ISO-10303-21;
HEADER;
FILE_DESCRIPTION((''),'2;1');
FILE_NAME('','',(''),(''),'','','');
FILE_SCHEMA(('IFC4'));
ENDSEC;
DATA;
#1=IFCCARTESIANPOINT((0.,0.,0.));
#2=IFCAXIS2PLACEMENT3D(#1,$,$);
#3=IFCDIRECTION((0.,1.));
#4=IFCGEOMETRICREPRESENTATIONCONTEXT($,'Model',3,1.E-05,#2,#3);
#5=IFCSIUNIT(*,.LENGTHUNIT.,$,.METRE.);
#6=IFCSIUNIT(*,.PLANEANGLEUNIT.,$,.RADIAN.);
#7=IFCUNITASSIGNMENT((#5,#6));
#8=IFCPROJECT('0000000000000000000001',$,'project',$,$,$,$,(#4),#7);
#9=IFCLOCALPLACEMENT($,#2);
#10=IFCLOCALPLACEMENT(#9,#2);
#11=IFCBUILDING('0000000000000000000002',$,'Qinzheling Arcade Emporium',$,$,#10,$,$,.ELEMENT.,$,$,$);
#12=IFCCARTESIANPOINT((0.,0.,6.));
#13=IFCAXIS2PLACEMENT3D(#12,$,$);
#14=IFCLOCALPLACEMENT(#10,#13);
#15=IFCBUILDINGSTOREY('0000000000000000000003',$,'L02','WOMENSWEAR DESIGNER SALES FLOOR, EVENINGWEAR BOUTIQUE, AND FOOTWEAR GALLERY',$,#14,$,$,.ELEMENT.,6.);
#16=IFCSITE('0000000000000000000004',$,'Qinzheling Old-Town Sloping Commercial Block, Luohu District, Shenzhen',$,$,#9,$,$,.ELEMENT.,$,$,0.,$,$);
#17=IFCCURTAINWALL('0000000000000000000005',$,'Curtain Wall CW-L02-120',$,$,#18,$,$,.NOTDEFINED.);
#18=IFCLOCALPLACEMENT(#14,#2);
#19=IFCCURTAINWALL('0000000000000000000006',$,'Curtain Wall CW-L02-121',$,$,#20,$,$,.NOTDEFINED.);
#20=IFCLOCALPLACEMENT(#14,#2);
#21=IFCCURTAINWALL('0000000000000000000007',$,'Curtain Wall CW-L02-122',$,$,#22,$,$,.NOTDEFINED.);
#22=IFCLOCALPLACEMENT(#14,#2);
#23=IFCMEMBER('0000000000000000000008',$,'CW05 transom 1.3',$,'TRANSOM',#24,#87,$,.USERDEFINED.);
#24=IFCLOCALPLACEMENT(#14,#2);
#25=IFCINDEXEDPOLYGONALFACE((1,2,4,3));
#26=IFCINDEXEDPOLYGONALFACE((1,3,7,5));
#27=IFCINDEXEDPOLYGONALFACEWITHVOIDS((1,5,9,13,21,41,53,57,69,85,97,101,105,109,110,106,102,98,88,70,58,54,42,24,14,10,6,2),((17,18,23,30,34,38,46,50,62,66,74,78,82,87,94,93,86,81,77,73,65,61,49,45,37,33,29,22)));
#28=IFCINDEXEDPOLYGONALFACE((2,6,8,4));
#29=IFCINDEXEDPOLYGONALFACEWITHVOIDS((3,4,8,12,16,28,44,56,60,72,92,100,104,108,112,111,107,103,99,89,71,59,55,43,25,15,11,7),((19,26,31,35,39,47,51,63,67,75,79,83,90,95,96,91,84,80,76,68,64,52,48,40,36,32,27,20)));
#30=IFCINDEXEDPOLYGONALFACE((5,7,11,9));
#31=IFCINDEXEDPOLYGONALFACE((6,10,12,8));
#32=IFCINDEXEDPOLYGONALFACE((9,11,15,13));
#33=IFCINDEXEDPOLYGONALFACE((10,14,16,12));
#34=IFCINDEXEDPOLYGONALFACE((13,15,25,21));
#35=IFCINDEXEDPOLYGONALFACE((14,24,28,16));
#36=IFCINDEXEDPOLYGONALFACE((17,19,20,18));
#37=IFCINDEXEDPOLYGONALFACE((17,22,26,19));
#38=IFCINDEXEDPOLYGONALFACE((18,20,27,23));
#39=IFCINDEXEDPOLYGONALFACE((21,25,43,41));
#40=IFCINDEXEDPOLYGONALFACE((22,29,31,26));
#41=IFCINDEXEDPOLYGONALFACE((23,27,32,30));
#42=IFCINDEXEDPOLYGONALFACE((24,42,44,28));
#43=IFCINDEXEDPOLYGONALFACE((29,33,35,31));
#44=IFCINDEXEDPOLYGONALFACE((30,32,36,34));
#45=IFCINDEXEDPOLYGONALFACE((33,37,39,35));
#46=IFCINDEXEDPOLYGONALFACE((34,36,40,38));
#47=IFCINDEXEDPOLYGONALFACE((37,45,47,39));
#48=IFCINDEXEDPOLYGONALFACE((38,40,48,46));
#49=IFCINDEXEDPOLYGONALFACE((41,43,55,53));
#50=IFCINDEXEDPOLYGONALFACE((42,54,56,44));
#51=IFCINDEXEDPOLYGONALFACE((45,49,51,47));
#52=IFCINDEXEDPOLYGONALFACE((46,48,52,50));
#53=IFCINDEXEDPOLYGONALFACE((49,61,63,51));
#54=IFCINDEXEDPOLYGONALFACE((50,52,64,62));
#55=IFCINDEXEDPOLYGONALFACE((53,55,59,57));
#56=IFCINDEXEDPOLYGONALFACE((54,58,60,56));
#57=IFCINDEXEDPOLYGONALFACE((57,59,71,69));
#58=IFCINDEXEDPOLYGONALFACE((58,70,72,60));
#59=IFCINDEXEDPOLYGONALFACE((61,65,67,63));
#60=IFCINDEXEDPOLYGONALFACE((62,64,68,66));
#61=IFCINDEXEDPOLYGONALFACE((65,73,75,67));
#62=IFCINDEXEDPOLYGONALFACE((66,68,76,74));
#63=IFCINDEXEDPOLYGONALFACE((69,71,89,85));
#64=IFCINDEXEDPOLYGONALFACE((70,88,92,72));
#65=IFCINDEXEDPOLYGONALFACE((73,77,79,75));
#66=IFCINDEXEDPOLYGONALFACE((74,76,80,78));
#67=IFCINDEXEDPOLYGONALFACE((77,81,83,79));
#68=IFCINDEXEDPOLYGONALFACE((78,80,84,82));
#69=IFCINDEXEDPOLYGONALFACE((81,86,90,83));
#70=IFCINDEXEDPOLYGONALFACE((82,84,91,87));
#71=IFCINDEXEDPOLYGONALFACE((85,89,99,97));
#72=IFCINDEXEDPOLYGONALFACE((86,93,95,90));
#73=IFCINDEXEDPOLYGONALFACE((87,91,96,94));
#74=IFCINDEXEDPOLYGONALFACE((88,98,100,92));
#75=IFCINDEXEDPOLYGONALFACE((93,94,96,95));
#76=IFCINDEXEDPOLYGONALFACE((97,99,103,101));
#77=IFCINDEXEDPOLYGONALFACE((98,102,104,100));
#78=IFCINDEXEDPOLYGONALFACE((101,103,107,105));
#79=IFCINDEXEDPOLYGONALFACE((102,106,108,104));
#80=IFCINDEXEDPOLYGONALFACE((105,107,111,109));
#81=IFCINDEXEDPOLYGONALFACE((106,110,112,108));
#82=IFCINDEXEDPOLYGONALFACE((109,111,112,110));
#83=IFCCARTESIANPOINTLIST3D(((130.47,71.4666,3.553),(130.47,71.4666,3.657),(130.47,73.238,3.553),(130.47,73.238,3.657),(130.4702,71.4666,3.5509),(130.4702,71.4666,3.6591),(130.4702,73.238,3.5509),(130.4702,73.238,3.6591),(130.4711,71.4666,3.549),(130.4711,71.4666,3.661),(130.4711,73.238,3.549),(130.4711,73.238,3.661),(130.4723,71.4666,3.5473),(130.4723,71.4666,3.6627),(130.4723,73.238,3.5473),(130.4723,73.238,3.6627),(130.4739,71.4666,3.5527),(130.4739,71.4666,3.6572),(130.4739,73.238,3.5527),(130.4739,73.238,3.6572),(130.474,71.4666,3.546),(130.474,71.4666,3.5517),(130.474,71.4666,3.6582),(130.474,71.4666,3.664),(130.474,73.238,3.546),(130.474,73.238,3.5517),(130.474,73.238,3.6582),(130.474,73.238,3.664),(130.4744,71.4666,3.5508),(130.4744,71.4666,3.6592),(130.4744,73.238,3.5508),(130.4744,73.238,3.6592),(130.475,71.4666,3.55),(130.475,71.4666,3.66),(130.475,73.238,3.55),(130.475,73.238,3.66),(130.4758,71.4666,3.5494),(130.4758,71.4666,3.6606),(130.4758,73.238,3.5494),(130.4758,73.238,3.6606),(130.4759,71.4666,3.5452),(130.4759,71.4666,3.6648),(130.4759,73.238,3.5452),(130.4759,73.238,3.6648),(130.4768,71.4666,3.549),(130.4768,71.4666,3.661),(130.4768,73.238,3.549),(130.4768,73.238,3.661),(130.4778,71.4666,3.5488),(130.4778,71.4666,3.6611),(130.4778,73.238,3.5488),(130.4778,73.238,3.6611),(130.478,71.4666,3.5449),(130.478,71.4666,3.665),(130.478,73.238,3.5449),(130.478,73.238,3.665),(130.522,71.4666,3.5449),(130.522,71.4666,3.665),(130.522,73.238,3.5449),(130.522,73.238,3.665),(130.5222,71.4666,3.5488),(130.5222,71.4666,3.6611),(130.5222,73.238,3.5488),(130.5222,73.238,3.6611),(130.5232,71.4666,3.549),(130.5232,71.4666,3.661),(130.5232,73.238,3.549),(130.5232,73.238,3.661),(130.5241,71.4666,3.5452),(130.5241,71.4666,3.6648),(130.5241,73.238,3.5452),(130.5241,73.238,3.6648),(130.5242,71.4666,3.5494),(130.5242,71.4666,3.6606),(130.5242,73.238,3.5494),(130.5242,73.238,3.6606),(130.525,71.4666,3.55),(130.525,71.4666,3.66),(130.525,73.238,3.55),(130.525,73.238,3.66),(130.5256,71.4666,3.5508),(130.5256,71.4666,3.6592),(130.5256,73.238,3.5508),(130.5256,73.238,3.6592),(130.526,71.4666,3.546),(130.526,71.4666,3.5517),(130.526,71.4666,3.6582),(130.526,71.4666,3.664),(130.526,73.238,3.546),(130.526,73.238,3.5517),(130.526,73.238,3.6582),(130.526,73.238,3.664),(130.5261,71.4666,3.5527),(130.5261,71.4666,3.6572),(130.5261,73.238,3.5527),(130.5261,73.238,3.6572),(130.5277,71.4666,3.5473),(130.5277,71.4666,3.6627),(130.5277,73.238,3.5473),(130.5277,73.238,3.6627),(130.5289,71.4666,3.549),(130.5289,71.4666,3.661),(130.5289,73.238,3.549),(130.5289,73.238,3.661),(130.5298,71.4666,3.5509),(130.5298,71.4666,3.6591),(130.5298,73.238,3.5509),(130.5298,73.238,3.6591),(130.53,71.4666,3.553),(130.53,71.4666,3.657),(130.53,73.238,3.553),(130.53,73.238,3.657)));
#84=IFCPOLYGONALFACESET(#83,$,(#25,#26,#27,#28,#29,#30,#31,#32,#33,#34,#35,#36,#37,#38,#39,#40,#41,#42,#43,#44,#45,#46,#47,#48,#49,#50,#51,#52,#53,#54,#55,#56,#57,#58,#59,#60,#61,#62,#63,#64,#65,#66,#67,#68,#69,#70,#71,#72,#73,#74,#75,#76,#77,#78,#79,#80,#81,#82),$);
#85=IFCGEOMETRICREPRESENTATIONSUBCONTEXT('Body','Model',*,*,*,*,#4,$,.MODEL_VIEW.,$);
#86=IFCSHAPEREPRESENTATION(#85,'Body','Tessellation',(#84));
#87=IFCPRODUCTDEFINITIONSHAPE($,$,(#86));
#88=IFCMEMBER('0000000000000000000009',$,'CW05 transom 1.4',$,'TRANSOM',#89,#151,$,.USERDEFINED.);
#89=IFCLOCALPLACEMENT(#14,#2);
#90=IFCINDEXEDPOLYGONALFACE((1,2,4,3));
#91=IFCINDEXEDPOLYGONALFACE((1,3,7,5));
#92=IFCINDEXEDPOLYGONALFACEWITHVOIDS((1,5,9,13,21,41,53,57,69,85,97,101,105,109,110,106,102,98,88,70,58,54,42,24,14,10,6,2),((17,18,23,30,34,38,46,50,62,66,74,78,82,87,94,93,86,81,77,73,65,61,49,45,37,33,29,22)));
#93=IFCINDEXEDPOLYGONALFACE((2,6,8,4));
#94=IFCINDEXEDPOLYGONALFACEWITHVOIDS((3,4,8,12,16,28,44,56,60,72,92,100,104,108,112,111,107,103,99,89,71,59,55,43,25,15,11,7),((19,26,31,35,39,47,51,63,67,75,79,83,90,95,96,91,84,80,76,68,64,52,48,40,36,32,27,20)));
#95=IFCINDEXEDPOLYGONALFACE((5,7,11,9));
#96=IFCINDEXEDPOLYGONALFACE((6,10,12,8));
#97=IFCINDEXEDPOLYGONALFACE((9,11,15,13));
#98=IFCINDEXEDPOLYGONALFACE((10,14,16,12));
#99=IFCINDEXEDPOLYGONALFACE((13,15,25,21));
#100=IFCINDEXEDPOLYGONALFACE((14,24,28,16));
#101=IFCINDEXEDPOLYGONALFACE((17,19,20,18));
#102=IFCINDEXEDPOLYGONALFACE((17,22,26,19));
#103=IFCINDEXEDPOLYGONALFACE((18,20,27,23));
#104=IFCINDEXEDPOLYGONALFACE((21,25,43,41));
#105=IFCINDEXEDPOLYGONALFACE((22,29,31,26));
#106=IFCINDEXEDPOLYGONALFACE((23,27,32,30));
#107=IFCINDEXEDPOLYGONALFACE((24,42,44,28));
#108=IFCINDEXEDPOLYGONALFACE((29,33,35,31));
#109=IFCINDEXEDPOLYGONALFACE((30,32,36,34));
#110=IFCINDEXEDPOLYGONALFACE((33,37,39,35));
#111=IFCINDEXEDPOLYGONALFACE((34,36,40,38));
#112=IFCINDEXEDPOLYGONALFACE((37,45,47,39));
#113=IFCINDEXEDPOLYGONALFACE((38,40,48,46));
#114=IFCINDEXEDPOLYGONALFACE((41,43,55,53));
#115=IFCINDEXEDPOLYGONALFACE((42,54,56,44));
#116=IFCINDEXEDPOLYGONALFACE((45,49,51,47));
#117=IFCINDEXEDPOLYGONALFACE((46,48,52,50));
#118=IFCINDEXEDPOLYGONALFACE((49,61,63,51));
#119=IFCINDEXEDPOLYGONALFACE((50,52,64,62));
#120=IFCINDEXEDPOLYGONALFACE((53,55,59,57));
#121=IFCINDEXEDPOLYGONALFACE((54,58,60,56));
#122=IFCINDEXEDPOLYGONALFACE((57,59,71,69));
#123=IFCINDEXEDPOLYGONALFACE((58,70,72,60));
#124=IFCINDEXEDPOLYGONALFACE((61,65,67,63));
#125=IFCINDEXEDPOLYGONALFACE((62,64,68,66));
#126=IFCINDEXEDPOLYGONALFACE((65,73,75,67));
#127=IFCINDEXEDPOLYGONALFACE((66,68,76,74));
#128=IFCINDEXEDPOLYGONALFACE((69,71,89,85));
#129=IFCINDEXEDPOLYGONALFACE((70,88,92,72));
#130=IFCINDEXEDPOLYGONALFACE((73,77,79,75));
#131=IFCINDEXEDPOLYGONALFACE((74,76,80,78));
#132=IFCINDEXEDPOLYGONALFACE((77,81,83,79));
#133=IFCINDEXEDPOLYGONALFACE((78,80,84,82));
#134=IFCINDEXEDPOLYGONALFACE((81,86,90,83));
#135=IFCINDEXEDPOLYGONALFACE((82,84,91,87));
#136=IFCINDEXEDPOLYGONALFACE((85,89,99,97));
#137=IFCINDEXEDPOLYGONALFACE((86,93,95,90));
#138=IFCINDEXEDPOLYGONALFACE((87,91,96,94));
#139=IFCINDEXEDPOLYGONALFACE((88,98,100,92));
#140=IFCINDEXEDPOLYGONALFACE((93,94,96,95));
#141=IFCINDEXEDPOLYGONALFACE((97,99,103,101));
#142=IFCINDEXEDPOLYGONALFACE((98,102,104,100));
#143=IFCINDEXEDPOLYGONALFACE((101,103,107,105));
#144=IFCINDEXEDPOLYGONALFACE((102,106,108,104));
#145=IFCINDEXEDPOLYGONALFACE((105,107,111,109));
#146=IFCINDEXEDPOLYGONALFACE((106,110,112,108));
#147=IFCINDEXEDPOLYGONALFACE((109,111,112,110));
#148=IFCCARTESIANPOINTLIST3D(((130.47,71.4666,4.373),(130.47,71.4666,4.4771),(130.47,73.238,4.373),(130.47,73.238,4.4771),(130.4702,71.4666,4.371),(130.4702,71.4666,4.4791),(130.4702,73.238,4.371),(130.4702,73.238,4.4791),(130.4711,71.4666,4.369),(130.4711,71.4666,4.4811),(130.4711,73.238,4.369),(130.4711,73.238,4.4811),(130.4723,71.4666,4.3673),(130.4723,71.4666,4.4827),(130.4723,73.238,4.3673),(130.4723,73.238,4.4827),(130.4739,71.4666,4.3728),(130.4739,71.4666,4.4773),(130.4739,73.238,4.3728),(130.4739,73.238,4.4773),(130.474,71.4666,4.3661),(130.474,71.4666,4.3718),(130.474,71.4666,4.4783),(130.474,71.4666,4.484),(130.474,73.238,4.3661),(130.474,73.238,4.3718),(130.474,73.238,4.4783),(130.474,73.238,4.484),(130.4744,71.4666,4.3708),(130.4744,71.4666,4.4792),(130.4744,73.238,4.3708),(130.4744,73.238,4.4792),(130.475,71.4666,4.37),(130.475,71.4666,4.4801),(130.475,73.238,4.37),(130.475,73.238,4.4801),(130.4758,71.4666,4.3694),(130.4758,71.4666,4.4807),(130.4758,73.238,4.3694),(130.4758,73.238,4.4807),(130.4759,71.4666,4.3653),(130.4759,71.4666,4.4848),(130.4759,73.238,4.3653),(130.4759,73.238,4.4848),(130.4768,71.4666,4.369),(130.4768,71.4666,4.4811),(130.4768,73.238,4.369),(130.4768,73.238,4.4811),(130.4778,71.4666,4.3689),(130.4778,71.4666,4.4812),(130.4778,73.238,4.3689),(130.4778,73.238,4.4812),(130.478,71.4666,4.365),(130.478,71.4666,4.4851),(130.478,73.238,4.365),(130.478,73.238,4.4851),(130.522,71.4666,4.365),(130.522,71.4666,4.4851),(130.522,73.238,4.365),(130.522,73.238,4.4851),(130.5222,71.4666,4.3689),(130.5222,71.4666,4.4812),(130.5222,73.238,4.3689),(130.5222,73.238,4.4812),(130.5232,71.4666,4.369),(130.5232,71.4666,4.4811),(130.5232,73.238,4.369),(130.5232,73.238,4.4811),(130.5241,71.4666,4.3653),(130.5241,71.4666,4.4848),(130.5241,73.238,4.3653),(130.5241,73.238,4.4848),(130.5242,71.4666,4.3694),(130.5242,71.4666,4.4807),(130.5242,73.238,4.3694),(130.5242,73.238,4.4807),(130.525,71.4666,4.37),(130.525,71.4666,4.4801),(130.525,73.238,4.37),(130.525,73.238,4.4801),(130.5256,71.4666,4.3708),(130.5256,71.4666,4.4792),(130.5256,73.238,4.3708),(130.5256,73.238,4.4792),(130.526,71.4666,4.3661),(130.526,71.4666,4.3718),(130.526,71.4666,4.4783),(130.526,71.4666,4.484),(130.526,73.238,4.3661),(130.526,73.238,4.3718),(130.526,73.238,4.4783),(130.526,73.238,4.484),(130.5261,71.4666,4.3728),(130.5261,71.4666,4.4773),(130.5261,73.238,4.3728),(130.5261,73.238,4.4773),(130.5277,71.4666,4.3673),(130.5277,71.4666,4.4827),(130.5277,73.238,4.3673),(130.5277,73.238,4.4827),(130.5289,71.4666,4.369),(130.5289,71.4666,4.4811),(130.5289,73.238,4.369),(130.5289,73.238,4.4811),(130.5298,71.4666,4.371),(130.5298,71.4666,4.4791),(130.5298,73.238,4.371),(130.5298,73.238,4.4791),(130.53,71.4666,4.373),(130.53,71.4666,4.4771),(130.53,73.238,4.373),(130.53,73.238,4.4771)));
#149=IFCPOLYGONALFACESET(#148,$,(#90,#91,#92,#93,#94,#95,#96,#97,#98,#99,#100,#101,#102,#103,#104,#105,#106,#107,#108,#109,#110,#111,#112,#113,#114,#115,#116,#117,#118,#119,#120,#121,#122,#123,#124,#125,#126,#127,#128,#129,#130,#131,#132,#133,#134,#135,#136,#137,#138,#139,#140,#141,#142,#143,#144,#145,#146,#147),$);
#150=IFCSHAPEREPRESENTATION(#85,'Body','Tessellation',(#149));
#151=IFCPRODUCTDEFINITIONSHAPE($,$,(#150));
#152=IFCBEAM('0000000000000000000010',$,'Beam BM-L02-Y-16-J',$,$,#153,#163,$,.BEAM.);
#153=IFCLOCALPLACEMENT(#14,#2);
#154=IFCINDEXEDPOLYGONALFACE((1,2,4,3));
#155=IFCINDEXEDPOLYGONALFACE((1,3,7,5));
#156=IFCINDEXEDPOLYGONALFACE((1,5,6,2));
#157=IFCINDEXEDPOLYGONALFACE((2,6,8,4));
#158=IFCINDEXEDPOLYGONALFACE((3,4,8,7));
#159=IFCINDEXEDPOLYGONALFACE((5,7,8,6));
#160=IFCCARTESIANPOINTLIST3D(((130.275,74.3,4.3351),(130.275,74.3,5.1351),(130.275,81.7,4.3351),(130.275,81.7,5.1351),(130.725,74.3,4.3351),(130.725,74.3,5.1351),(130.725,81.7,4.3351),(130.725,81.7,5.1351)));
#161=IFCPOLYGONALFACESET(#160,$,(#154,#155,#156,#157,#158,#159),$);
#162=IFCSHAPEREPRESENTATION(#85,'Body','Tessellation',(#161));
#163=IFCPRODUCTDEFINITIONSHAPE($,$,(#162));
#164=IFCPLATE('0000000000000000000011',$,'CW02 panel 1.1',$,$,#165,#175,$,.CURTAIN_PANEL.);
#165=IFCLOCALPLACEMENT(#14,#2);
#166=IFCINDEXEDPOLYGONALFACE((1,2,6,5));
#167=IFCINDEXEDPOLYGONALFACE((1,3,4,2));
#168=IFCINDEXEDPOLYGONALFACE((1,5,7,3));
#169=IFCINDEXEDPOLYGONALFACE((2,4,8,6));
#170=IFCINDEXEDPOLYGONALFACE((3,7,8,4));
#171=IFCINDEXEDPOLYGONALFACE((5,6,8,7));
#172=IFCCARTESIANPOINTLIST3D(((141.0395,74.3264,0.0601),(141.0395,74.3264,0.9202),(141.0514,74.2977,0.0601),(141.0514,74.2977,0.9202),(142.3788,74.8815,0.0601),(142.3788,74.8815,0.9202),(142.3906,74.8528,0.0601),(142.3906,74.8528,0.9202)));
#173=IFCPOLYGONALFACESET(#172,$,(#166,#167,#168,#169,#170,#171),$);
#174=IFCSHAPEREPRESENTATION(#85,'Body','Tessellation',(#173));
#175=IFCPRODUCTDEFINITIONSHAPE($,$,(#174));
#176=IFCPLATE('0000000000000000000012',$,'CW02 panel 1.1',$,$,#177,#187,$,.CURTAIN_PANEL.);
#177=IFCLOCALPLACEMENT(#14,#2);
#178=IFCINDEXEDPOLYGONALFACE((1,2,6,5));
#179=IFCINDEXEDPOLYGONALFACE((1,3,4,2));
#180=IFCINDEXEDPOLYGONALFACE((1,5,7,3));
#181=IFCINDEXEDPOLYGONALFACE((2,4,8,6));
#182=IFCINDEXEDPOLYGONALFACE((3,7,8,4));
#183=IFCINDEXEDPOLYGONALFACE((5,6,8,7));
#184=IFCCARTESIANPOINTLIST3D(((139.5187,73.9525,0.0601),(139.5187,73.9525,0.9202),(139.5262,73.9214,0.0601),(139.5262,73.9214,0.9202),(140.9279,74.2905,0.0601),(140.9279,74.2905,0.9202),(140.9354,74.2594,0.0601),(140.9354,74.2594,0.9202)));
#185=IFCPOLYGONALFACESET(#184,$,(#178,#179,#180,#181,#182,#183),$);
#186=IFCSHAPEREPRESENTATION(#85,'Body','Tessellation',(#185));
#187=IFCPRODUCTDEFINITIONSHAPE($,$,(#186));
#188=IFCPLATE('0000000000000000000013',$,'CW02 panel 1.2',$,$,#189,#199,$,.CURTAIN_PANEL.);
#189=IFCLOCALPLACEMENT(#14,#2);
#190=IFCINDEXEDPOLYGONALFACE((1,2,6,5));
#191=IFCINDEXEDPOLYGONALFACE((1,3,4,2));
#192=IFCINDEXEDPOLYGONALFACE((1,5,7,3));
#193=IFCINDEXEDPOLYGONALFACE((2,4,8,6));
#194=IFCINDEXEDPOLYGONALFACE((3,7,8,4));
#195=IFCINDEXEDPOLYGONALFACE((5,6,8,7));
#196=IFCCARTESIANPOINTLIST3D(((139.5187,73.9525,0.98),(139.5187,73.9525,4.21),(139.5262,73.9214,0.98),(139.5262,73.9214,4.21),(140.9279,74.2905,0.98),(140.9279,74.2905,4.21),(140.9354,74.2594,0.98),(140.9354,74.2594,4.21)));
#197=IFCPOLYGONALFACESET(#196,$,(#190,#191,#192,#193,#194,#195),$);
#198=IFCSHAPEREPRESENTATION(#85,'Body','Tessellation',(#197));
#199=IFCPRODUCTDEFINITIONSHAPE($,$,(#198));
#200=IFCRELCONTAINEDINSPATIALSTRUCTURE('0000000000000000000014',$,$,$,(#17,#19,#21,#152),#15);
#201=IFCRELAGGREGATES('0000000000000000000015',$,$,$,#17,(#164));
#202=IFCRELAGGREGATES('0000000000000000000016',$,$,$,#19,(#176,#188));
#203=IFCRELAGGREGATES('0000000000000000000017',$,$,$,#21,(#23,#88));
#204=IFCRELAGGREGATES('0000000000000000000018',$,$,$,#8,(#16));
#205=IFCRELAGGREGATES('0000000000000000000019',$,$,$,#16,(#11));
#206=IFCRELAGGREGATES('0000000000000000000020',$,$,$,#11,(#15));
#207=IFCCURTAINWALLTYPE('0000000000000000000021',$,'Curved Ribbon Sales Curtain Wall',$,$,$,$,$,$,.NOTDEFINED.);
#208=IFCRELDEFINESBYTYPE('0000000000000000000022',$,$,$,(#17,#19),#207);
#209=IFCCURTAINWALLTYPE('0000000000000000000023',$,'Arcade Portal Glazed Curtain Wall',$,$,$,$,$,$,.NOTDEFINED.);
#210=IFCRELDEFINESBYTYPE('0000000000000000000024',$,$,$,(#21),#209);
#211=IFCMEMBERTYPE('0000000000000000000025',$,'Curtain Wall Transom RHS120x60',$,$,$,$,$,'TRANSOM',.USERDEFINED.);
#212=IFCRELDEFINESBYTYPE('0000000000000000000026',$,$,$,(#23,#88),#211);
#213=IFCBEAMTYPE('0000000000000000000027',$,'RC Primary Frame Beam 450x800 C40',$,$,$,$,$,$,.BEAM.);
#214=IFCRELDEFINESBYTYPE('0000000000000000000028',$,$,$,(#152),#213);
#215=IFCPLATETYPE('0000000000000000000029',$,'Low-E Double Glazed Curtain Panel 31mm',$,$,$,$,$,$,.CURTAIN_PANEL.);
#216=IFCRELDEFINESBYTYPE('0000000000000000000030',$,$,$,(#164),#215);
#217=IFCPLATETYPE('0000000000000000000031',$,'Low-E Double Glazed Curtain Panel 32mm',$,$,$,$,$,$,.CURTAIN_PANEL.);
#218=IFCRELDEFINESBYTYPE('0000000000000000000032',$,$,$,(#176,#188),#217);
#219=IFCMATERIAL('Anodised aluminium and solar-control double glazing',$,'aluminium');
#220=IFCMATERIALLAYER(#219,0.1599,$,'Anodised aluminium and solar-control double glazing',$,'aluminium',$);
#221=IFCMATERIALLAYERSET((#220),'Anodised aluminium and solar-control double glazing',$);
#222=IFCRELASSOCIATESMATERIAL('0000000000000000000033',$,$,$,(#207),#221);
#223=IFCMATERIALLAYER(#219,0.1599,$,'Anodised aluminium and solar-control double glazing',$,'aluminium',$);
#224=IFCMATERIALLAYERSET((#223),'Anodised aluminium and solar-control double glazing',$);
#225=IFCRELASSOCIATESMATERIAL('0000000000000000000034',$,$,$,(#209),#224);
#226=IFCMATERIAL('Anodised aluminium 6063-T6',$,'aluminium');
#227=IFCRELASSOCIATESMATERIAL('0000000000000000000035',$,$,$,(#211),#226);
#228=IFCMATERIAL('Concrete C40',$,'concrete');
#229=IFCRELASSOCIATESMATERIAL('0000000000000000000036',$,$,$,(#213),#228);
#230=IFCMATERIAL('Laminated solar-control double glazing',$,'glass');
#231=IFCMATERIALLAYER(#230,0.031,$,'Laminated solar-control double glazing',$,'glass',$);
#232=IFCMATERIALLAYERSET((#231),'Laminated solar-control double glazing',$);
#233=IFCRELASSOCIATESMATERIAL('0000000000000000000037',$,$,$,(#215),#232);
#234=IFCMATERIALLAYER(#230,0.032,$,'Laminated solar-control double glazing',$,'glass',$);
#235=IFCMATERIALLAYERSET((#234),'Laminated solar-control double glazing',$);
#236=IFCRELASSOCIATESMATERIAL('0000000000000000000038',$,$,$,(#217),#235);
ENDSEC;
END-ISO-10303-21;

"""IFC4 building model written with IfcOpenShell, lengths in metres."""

from ifc_helpers import new_model, si_unit, direction, frame, origin, origin_2d, place, context, subcontext, project, spatial, rectangle, hollow_rectangle, extrude, material, layer, layer_set, material_profile, profile_set, type_object, element, aggregate, save


model = new_model("IFC4")

# Units and contexts
model_context = context("Model", 3, precision=1e-05, world=origin(), true_north=direction((0.0, 1.0)))
body_context = subcontext(model_context, "Body", "Model", "MODEL_VIEW")
ifc_project = project(units=[si_unit("LENGTHUNIT", "METRE"), si_unit("PLANEANGLEUNIT", "RADIAN")], contexts=[model_context])

# Site, building, storey
site_placement = place(None, origin())
site = spatial("IfcSite", under=ifc_project, at=site_placement, Name="Qinzheling Old-Town Sloping Commercial Block, Luohu District, Shenzhen", CompositionType="ELEMENT", RefElevation=0.0)
building_placement = place(site_placement, origin())
building = spatial("IfcBuilding", under=site, at=building_placement, Name="Qinzheling Arcade Emporium", CompositionType="ELEMENT")
storey_placement = place(building_placement, frame((0.0, 0.0, 6.0)))
storey = spatial("IfcBuildingStorey", under=building, at=storey_placement, Name="L02", Description="WOMENSWEAR DESIGNER SALES FLOOR, EVENINGWEAR BOUTIQUE, AND FOOTWEAR GALLERY", CompositionType="ELEMENT", Elevation=6.0)

# Curtain wall
ifc_material_1 = material(Name="Anodised aluminium and solar-control double glazing", Category="aluminium")
ifc_layer_1 = layer(ifc_material_1, 0.1599, Name="Anodised aluminium and solar-control double glazing", Category="aluminium")
ifc_layer_set_1 = layer_set([ifc_layer_1], Name="Anodised aluminium and solar-control double glazing")
curtain_wall_type_1 = type_object("IfcCurtainWallType", Name="Curved Ribbon Sales Curtain Wall", PredefinedType="NOTDEFINED", material=ifc_layer_set_1)
curtain_wall_1_placement = place(storey_placement, origin())
curtain_wall_1 = element("IfcCurtainWall", 1, at=curtain_wall_1_placement, inside=storey, type_object=curtain_wall_type_1, Name="Curtain Wall CW-L02-120", PredefinedType="NOTDEFINED")
ifc_material_2 = material(Name="Anodised aluminium 6063-T6", Category="aluminium")

# Curtain wall
curtain_wall_2_placement = place(storey_placement, origin())
curtain_wall_2 = element("IfcCurtainWall", 2, at=curtain_wall_2_placement, inside=storey, type_object=curtain_wall_type_1, Name="Curtain Wall CW-L02-121", PredefinedType="NOTDEFINED")

# Curtain wall
ifc_layer_2 = layer(ifc_material_1, 0.1599, Name="Anodised aluminium and solar-control double glazing", Category="aluminium")
ifc_layer_set_2 = layer_set([ifc_layer_2], Name="Anodised aluminium and solar-control double glazing")
curtain_wall_type_2 = type_object("IfcCurtainWallType", Name="Arcade Portal Glazed Curtain Wall", PredefinedType="NOTDEFINED", material=ifc_layer_set_2)
curtain_wall_3_placement = place(storey_placement, origin())
curtain_wall_3 = element("IfcCurtainWall", 3, at=curtain_wall_3_placement, inside=storey, type_object=curtain_wall_type_2, Name="Curtain Wall CW-L02-122", PredefinedType="NOTDEFINED")

# Members
ifc_material_profile_1 = material_profile(ifc_material_2, hollow_rectangle(XDim=0.0601, YDim=0.1201, WallThickness=0.0039, InnerFilletRadius=0.0039, OuterFilletRadius=0.0081, at=origin_2d()), Name="RHS 120x60x4", Category="aluminium")
ifc_profile_set_1 = profile_set([ifc_material_profile_1], Name="Anodised aluminium 6063-T6")
member_type_1 = type_object("IfcMemberType", Name="Curtain Wall Transom RHS120x60", ElementType="TRANSOM", PredefinedType="USERDEFINED", material=ifc_profile_set_1)
member_1_placement = place(storey_placement, frame((130.5, 73.238, 3.605), z_axis=(0.0, -1.0, 0.0), x_axis=(1.0, 0.0, 0.0)))
member_1 = element("IfcMember", 4, at=member_1_placement, type_object=member_type_1, Name="CW05 transom 1.3", ObjectType="TRANSOM", PredefinedType="USERDEFINED", context=body_context, shape_type="SweptSolid", body=[
    extrude(hollow_rectangle(XDim=0.0601, YDim=0.1201, WallThickness=0.0039, InnerFilletRadius=0.0039, OuterFilletRadius=0.0081, at=origin_2d()), origin(), (0.0, 0.0, 1.0), 1.7715),
])
member_2_placement = place(storey_placement, frame((130.5, 73.238, 4.425), z_axis=(0.0, -1.0, 0.0), x_axis=(1.0, 0.0, 0.0)))
member_2 = element("IfcMember", 5, at=member_2_placement, type_object=member_type_1, Name="CW05 transom 1.4", ObjectType="TRANSOM", PredefinedType="USERDEFINED", context=body_context, shape_type="SweptSolid", body=[
    extrude(hollow_rectangle(XDim=0.0601, YDim=0.1201, WallThickness=0.0039, InnerFilletRadius=0.0039, OuterFilletRadius=0.0081, at=origin_2d()), origin(), (0.0, 0.0, 1.0), 1.7715),
])

# Beam
ifc_material_3 = material(Name="Concrete C40", Category="concrete")
ifc_material_profile_2 = material_profile(ifc_material_3, rectangle(XDim=0.45, YDim=0.8, at=origin_2d()), Name="RC 450x800", Category="concrete")
ifc_profile_set_2 = profile_set([ifc_material_profile_2], Name="Concrete C40")
beam_type = type_object("IfcBeamType", Name="RC Primary Frame Beam 450x800 C40", PredefinedType="BEAM", material=ifc_profile_set_2)
beam_placement = place(storey_placement, frame((130.5, 74.3, 4.7351), z_axis=(0.0, 1.0, 0.0), x_axis=(-1.0, 0.0, 0.0)))
element("IfcBeam", 6, at=beam_placement, inside=storey, type_object=beam_type, Name="Beam BM-L02-Y-16-J", PredefinedType="BEAM", context=body_context, shape_type="SweptSolid", body=[
    extrude(rectangle(XDim=0.45, YDim=0.8, at=origin_2d()), origin(), (0.0, 0.0, 1.0), 7.3999),
])

# Plates
ifc_material_4 = material(Name="Laminated solar-control double glazing", Category="glass")
ifc_layer_3 = layer(ifc_material_4, 0.031, Name="Laminated solar-control double glazing", Category="glass")
ifc_layer_set_3 = layer_set([ifc_layer_3], Name="Laminated solar-control double glazing")
plate_type_1 = type_object("IfcPlateType", Name="Low-E Double Glazed Curtain Panel 31mm", PredefinedType="CURTAIN_PANEL", material=ifc_layer_set_3)
plate_1_placement = place(storey_placement, frame((141.7151, 74.5896, 0.0601), z_axis=(0.0, 0.0, 1.0), x_axis=(-0.923792, -0.382896, 0.0)))
plate_1 = element("IfcPlate", 7, at=plate_1_placement, type_object=plate_type_1, Name="CW02 panel 1.1", PredefinedType="CURTAIN_PANEL", context=body_context, shape_type="SweptSolid", body=[
    extrude(rectangle(XDim=1.4497, YDim=0.031, at=origin_2d()), origin(), (0.0, 0.0, 1.0), 0.8601),
])
aggregate(curtain_wall_1, [plate_1])
ifc_layer_4 = layer(ifc_material_4, 0.032, Name="Laminated solar-control double glazing", Category="glass")
ifc_layer_set_4 = layer_set([ifc_layer_4], Name="Laminated solar-control double glazing")
plate_type_2 = type_object("IfcPlateType", Name="Low-E Double Glazed Curtain Panel 32mm", PredefinedType="CURTAIN_PANEL", material=ifc_layer_set_4)
plate_2_placement = place(storey_placement, frame((140.2271, 74.106, 0.0601), z_axis=(0.0, 0.0, 1.0), x_axis=(-0.972422, -0.233228, 0.0)))
plate_2 = element("IfcPlate", 8, at=plate_2_placement, type_object=plate_type_2, Name="CW02 panel 1.1", PredefinedType="CURTAIN_PANEL", context=body_context, shape_type="SweptSolid", body=[
    extrude(rectangle(XDim=1.4492, YDim=0.032, at=origin_2d()), origin(), (0.0, 0.0, 1.0), 0.8601),
])
plate_3_placement = place(storey_placement, frame((140.2271, 74.106, 0.98), z_axis=(0.0, 0.0, 1.0), x_axis=(-0.972422, -0.233228, 0.0)))
plate_3 = element("IfcPlate", 9, at=plate_3_placement, type_object=plate_type_2, Name="CW02 panel 1.2", PredefinedType="CURTAIN_PANEL", context=body_context, shape_type="SweptSolid", body=[
    extrude(rectangle(XDim=1.4492, YDim=0.032, at=origin_2d()), origin(), (0.0, 0.0, 1.0), 3.23),
])
aggregate(curtain_wall_2, [plate_2, plate_3])
aggregate(curtain_wall_3, [member_1, member_2])

save(model, "model.ifc")
